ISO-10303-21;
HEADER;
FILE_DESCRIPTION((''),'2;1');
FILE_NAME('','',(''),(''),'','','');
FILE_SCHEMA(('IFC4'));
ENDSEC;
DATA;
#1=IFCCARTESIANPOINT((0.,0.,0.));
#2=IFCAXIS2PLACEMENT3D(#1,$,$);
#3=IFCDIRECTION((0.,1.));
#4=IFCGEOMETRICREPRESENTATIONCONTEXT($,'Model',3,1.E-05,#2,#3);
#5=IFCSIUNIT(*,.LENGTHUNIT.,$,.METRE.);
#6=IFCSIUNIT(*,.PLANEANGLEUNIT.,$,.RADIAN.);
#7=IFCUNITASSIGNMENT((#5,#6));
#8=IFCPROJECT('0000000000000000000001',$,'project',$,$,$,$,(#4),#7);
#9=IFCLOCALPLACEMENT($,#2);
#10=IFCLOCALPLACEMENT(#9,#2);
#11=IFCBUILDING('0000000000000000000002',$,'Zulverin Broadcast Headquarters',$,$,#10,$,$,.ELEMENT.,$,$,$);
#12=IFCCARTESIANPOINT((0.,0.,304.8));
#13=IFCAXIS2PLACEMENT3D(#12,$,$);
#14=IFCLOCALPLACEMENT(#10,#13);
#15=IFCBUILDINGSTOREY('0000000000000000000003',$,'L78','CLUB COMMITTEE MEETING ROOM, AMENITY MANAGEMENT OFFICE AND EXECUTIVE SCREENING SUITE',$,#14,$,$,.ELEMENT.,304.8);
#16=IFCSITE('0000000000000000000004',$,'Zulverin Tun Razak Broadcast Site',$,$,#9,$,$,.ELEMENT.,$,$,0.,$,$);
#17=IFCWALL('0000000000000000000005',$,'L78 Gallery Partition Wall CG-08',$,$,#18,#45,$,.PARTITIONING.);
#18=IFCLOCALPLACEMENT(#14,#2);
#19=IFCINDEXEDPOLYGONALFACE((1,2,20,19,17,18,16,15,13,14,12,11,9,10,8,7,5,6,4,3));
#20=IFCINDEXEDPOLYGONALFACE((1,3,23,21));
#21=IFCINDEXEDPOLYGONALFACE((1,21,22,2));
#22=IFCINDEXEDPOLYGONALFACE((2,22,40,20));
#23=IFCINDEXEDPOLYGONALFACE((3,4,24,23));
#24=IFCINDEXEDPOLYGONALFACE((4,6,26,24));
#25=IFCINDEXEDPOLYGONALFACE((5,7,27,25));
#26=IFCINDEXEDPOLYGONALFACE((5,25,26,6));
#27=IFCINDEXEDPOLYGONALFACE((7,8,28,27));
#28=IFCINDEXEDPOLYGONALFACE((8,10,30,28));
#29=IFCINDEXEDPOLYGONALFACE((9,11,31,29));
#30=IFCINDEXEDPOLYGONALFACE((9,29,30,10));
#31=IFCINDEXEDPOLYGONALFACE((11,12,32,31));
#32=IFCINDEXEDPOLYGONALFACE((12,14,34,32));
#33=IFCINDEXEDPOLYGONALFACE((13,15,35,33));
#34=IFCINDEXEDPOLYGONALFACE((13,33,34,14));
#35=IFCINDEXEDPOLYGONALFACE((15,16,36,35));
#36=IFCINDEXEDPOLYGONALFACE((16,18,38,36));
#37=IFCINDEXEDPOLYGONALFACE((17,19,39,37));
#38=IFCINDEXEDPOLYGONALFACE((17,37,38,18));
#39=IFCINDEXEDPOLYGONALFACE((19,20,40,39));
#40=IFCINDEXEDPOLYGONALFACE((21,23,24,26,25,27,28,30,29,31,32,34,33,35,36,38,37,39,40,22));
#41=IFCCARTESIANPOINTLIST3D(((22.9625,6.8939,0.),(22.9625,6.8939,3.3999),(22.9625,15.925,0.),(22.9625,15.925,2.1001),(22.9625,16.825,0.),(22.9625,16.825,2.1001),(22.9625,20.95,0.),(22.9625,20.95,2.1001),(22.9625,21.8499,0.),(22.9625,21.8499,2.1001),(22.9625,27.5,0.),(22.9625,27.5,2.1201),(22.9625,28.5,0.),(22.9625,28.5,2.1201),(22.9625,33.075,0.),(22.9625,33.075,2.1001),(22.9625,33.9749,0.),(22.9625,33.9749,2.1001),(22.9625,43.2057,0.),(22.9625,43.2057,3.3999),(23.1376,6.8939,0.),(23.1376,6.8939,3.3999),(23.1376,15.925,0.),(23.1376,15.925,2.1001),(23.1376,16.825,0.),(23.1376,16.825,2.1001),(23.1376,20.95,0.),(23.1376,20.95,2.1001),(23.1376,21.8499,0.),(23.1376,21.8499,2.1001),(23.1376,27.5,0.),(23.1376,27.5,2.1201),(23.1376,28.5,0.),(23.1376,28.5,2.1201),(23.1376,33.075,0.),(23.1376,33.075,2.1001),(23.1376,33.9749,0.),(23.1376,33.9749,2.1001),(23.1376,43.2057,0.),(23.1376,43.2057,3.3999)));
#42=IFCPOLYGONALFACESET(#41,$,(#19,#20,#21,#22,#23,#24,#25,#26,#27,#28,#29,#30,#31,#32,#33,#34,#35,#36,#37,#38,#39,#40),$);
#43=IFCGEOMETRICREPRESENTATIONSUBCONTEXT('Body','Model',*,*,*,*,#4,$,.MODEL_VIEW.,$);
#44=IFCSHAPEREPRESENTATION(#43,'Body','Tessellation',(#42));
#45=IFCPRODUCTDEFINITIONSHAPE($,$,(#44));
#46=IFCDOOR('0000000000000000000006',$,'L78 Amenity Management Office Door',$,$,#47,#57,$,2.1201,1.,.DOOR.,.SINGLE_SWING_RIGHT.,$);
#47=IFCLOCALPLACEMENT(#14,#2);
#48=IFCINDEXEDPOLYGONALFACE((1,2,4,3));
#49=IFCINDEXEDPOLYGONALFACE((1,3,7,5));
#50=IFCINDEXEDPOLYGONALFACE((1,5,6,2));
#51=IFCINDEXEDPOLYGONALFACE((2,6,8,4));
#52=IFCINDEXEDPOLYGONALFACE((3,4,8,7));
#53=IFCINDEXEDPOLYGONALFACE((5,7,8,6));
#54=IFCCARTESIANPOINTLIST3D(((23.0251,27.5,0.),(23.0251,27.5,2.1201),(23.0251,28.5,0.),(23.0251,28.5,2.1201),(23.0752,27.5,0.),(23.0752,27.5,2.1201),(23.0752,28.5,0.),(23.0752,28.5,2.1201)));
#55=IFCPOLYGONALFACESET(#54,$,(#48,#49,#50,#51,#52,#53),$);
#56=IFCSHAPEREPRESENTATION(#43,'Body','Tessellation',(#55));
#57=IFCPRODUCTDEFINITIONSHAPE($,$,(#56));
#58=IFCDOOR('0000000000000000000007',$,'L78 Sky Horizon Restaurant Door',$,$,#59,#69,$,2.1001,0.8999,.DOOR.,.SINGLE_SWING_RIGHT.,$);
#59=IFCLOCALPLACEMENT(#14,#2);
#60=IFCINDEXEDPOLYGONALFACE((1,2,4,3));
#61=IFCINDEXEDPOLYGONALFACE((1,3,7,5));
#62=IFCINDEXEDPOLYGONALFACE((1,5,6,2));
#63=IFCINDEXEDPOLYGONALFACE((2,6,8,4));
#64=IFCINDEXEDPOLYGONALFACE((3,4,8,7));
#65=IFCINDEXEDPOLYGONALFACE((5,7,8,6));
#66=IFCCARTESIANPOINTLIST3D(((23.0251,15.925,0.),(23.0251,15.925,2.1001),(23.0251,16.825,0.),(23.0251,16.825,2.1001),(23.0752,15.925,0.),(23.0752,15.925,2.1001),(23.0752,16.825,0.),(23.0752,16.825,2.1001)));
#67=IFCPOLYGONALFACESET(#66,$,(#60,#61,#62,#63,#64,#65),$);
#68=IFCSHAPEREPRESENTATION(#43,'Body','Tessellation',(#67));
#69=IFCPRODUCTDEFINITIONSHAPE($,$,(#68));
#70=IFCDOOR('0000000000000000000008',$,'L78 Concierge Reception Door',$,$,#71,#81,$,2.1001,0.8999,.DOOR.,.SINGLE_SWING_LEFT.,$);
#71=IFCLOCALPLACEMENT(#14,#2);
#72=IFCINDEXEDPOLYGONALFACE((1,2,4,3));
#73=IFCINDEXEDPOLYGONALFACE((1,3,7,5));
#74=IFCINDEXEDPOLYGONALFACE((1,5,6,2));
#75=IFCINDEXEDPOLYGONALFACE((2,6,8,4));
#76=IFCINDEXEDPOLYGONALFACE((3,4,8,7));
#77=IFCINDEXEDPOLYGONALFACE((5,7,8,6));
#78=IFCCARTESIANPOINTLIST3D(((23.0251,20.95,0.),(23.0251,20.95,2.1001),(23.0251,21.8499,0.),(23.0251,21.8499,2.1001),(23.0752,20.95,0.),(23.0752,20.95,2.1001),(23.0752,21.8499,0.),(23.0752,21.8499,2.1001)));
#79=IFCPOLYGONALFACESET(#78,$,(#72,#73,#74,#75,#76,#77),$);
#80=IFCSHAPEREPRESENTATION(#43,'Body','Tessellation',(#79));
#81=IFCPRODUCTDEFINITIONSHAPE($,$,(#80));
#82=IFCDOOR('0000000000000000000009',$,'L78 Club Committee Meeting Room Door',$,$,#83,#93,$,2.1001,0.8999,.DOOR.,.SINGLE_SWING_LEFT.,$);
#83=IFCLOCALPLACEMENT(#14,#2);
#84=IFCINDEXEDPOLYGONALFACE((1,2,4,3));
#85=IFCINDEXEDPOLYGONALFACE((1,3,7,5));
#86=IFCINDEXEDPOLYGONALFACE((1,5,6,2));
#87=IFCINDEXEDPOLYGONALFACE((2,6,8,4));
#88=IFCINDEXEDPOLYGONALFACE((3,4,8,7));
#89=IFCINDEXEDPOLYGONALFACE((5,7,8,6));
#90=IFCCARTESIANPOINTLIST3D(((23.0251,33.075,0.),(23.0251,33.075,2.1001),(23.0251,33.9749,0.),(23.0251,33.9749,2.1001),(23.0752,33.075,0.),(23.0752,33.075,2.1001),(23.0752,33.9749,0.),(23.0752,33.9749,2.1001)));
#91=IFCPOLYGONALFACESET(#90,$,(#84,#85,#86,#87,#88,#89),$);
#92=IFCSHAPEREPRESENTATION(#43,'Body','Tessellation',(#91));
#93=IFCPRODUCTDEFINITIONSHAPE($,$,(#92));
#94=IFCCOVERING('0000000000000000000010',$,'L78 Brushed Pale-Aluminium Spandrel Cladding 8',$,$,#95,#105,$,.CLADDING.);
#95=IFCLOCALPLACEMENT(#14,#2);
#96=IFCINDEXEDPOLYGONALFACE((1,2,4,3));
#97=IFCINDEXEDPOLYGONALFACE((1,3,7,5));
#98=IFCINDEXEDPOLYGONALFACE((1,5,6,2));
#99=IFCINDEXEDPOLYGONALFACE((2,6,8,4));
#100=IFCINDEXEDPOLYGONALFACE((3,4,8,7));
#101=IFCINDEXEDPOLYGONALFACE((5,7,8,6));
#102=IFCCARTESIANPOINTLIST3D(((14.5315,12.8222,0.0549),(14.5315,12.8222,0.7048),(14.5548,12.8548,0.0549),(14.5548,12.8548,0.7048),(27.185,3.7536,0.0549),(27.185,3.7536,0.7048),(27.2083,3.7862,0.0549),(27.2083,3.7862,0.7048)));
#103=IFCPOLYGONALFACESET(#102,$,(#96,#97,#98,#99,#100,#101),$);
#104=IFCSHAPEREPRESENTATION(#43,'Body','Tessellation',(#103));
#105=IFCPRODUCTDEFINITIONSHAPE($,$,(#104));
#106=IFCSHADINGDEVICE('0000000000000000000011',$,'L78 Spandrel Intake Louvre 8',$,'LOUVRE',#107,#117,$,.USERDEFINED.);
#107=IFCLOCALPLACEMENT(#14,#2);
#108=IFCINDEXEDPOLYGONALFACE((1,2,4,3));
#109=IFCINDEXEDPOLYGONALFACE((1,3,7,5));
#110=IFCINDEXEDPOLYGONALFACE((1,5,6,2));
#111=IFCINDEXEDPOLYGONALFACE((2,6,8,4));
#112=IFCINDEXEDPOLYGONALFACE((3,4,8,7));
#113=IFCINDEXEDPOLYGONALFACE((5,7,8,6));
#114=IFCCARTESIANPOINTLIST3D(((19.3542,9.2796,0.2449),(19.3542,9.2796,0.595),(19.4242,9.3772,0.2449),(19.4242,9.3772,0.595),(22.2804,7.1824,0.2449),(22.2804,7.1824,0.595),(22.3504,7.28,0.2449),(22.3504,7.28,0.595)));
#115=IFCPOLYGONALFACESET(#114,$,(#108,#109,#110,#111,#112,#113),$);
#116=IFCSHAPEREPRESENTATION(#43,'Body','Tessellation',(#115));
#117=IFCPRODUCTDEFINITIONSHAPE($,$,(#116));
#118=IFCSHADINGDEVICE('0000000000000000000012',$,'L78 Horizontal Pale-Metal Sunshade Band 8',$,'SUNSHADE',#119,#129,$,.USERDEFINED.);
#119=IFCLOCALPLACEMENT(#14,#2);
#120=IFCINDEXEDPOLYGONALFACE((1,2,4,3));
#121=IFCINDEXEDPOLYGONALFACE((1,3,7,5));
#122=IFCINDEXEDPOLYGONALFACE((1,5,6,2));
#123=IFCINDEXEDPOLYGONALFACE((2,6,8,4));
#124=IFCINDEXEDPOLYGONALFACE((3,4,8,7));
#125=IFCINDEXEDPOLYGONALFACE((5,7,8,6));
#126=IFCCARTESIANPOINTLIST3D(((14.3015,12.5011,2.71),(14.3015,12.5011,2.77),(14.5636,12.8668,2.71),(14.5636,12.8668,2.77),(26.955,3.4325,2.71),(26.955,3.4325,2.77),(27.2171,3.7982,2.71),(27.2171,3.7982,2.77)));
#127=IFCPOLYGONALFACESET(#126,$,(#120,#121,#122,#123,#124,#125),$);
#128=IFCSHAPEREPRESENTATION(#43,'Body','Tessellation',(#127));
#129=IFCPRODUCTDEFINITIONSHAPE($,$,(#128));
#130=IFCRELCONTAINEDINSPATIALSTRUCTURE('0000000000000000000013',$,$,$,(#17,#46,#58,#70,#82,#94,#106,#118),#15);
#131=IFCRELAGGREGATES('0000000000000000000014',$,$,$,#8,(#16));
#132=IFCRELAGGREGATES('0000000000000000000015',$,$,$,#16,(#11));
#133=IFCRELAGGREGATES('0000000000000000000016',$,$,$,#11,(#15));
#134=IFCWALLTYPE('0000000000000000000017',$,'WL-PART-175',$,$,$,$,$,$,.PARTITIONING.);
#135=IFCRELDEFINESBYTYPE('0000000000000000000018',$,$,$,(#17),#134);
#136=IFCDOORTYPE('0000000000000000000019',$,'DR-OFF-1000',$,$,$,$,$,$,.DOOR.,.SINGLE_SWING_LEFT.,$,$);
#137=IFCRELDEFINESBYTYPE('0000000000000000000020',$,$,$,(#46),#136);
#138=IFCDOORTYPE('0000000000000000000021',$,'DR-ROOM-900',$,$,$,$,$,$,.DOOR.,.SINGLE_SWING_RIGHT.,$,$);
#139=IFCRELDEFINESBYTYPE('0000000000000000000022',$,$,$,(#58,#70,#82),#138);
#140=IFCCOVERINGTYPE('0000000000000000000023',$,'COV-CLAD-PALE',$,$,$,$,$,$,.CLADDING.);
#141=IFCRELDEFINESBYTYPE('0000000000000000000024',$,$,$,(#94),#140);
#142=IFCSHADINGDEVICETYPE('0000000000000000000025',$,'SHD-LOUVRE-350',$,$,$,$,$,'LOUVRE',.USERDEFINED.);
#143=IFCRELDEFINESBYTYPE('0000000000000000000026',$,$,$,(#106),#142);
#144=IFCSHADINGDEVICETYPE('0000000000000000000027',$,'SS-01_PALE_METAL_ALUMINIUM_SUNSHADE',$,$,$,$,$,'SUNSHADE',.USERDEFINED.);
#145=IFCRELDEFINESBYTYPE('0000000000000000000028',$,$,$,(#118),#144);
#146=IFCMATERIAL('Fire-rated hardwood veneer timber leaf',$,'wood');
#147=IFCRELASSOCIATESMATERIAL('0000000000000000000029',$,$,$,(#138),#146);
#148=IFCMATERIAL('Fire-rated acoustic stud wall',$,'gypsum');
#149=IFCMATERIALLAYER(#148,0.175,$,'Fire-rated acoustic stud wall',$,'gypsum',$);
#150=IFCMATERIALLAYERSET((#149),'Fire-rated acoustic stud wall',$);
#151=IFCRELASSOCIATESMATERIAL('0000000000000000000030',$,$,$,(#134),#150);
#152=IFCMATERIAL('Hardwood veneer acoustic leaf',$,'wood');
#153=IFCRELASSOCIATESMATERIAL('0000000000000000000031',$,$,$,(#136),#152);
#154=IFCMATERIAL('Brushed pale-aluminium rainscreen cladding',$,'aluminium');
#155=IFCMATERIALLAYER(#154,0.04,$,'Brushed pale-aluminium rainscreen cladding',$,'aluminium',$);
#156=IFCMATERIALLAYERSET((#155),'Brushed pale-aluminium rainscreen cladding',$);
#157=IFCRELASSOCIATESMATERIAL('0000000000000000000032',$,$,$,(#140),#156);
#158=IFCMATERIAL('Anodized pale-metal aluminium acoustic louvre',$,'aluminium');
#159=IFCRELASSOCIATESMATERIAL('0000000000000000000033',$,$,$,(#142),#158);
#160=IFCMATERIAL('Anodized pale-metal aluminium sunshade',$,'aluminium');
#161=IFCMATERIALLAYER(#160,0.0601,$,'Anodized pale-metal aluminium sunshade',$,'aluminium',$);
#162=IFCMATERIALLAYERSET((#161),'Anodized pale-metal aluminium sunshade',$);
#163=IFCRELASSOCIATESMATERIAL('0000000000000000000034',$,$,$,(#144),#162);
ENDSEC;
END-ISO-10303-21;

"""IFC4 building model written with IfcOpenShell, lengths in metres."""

from ifc_helpers import new_model, si_unit, direction, frame, frame_2d, origin, origin_2d, place, context, subcontext, project, spatial, rectangle, extrude, material, layer, layer_set, type_object, element, fill, save


model = new_model("IFC4")

# Units and contexts
model_context = context("Model", 3, precision=1e-05, world=origin(), true_north=direction((0.0, 1.0)))
body_context = subcontext(model_context, "Body", "Model", "MODEL_VIEW")
ifc_project = project(units=[si_unit("LENGTHUNIT", "METRE"), si_unit("PLANEANGLEUNIT", "RADIAN")], contexts=[model_context])

# Site, building, storey
site_placement = place(None, origin())
site = spatial("IfcSite", under=ifc_project, at=site_placement, Name="Zulverin Tun Razak Broadcast Site", CompositionType="ELEMENT", RefElevation=0.0)
building_placement = place(site_placement, origin())
building = spatial("IfcBuilding", under=site, at=building_placement, Name="Zulverin Broadcast Headquarters", CompositionType="ELEMENT")
storey_placement = place(building_placement, frame((0.0, 0.0, 304.8)))
storey = spatial("IfcBuildingStorey", under=building, at=storey_placement, Name="L78", Description="CLUB COMMITTEE MEETING ROOM, AMENITY MANAGEMENT OFFICE AND EXECUTIVE SCREENING SUITE", CompositionType="ELEMENT", Elevation=304.8)

# Shared definitions
ifc_material_1 = material(Name="Fire-rated hardwood veneer timber leaf", Category="wood")
door_type_1 = type_object("IfcDoorType", Name="DR-ROOM-900", OperationType="SINGLE_SWING_RIGHT", PredefinedType="DOOR", material=ifc_material_1)

# Wall, openings, doors
ifc_material_2 = material(Name="Fire-rated acoustic stud wall", Category="gypsum")
ifc_layer_1 = layer(ifc_material_2, 0.175, Name="Fire-rated acoustic stud wall", Category="gypsum")
ifc_layer_set_1 = layer_set([ifc_layer_1], Name="Fire-rated acoustic stud wall")
wall_type_1 = type_object("IfcWallType", Name="WL-PART-175", PredefinedType="PARTITIONING", material=ifc_layer_set_1)
wall_1_placement = place(storey_placement, frame((23.05, 6.894, 0.0), z_axis=(0.0, 0.0, 1.0), x_axis=(0.0, 1.0, 0.0)))
wall_1 = element("IfcWall", 1, at=wall_1_placement, inside=storey, type_object=wall_type_1, Name="L78 Gallery Partition Wall CG-08", PredefinedType="PARTITIONING", context=body_context, shape_type="SweptSolid", body=[
    extrude(rectangle(XDim=36.3118, YDim=0.175, at=frame_2d((18.1558, 0.0))), origin(), (0.0, 0.0, 1.0), 3.3999),
])
opening_1_placement = place(wall_1_placement, frame((9.031, 0.0, 0.0)))
opening_1 = element("IfcOpeningElement", 2, at=opening_1_placement, cuts=wall_1, PredefinedType="OPENING", context=body_context, shape_type="SweptSolid", body=[
    extrude(rectangle(XDim=0.8999, YDim=2.1001, at=frame_2d((0.45, 1.05))), frame((0.0, 0.0974, 0.0), z_axis=(0.0, -1.0, 0.0), x_axis=(1.0, 0.0, 0.0)), (0.0, 0.0, 1.0), 0.1951),
])
opening_2_placement = place(wall_1_placement, frame((14.0559, 0.0, 0.0)))
opening_2 = element("IfcOpeningElement", 3, at=opening_2_placement, cuts=wall_1, PredefinedType="OPENING", context=body_context, shape_type="SweptSolid", body=[
    extrude(rectangle(XDim=0.8999, YDim=2.1001, at=frame_2d((0.45, 1.05))), frame((0.0, 0.0974, 0.0), z_axis=(0.0, -1.0, 0.0), x_axis=(1.0, 0.0, 0.0)), (0.0, 0.0, 1.0), 0.1951),
])
opening_3_placement = place(wall_1_placement, frame((20.606, 0.0, 0.0)))
opening_3 = element("IfcOpeningElement", 4, at=opening_3_placement, cuts=wall_1, PredefinedType="OPENING", context=body_context, shape_type="SweptSolid", body=[
    extrude(rectangle(XDim=1.0, YDim=2.1201, at=frame_2d((0.5, 1.0601))), frame((0.0, 0.0974, 0.0), z_axis=(0.0, -1.0, 0.0), x_axis=(1.0, 0.0, 0.0)), (0.0, 0.0, 1.0), 0.1951),
])
opening_4_placement = place(wall_1_placement, frame((26.1809, 0.0, 0.0)))
opening_4 = element("IfcOpeningElement", 5, at=opening_4_placement, cuts=wall_1, PredefinedType="OPENING", context=body_context, shape_type="SweptSolid", body=[
    extrude(rectangle(XDim=0.8999, YDim=2.1001, at=frame_2d((0.45, 1.05))), frame((0.0, 0.0974, 0.0), z_axis=(0.0, -1.0, 0.0), x_axis=(1.0, 0.0, 0.0)), (0.0, 0.0, 1.0), 0.1951),
])
ifc_material_3 = material(Name="Hardwood veneer acoustic leaf", Category="wood")
door_type_2 = type_object("IfcDoorType", Name="DR-OFF-1000", OperationType="SINGLE_SWING_LEFT", PredefinedType="DOOR", material=ifc_material_3)
door_1_placement = place(opening_3_placement, origin())
door_1 = element("IfcDoor", 6, at=door_1_placement, inside=storey, type_object=door_type_2, Name="L78 Amenity Management Office Door", OperationType="SINGLE_SWING_RIGHT", OverallHeight=2.1201, OverallWidth=1.0, PredefinedType="DOOR", context=body_context, shape_type="SweptSolid", body=[
    extrude(rectangle(XDim=1.0, YDim=2.1201, at=frame_2d((0.5, 1.0601))), frame((0.0, 0.0249, 0.0), z_axis=(0.0, -1.0, 0.0), x_axis=(1.0, 0.0, 0.0)), (0.0, 0.0, 1.0), 0.05),
])
fill(opening_3, door_1)
door_2_placement = place(opening_1_placement, origin())
door_2 = element("IfcDoor", 7, at=door_2_placement, inside=storey, type_object=door_type_1, Name="L78 Sky Horizon Restaurant Door", OperationType="SINGLE_SWING_RIGHT", OverallHeight=2.1001, OverallWidth=0.8999, PredefinedType="DOOR", context=body_context, shape_type="SweptSolid", body=[
    extrude(rectangle(XDim=0.8999, YDim=2.1001, at=frame_2d((0.45, 1.05))), frame((0.0, 0.0249, 0.0), z_axis=(0.0, -1.0, 0.0), x_axis=(1.0, 0.0, 0.0)), (0.0, 0.0, 1.0), 0.05),
])
fill(opening_1, door_2)
door_3_placement = place(opening_2_placement, origin())
door_3 = element("IfcDoor", 8, at=door_3_placement, inside=storey, type_object=door_type_1, Name="L78 Concierge Reception Door", OperationType="SINGLE_SWING_LEFT", OverallHeight=2.1001, OverallWidth=0.8999, PredefinedType="DOOR", context=body_context, shape_type="SweptSolid", body=[
    extrude(rectangle(XDim=0.8999, YDim=2.1001, at=frame_2d((0.45, 1.05))), frame((0.0, 0.0249, 0.0), z_axis=(0.0, -1.0, 0.0), x_axis=(1.0, 0.0, 0.0)), (0.0, 0.0, 1.0), 0.05),
])
fill(opening_2, door_3)
door_4_placement = place(opening_4_placement, origin())
door_4 = element("IfcDoor", 9, at=door_4_placement, inside=storey, type_object=door_type_1, Name="L78 Club Committee Meeting Room Door", OperationType="SINGLE_SWING_LEFT", OverallHeight=2.1001, OverallWidth=0.8999, PredefinedType="DOOR", context=body_context, shape_type="SweptSolid", body=[
    extrude(rectangle(XDim=0.8999, YDim=2.1001, at=frame_2d((0.45, 1.05))), frame((0.0, 0.0249, 0.0), z_axis=(0.0, -1.0, 0.0), x_axis=(1.0, 0.0, 0.0)), (0.0, 0.0, 1.0), 0.05),
])
fill(opening_4, door_4)

# Covering
ifc_material_4 = material(Name="Brushed pale-aluminium rainscreen cladding", Category="aluminium")
ifc_layer_2 = layer(ifc_material_4, 0.04, Name="Brushed pale-aluminium rainscreen cladding", Category="aluminium")
ifc_layer_set_2 = layer_set([ifc_layer_2], Name="Brushed pale-aluminium rainscreen cladding")
covering_type = type_object("IfcCoveringType", Name="COV-CLAD-PALE", PredefinedType="CLADDING", material=ifc_layer_set_2)
covering_placement = place(storey_placement, frame((20.8699, 8.3042, 0.0549), z_axis=(0.0, 0.0, 1.0), x_axis=(0.812809, -0.58253, 0.0)))
element("IfcCovering", 10, at=covering_placement, inside=storey, type_object=covering_type, Name="L78 Brushed Pale-Aluminium Spandrel Cladding 8", PredefinedType="CLADDING", context=body_context, shape_type="SweptSolid", body=[
    extrude(rectangle(XDim=15.5676, YDim=0.04, at=origin_2d()), origin(), (0.0, 0.0, 1.0), 0.6499),
])

# Shading devices
ifc_material_5 = material(Name="Anodized pale-metal aluminium acoustic louvre", Category="aluminium")
shading_device_type_1 = type_object("IfcShadingDeviceType", Name="SHD-LOUVRE-350", ElementType="LOUVRE", PredefinedType="USERDEFINED", material=ifc_material_5)
shading_device_1_placement = place(storey_placement, frame((20.8523, 8.2798, 0.2449), z_axis=(0.0, 0.0, 1.0), x_axis=(0.812809, -0.58253, 0.0)))
element("IfcShadingDevice", 11, at=shading_device_1_placement, inside=storey, type_object=shading_device_type_1, Name="L78 Spandrel Intake Louvre 8", ObjectType="LOUVRE", PredefinedType="USERDEFINED", context=body_context, shape_type="SweptSolid", body=[
    extrude(rectangle(XDim=3.6001, YDim=0.1201, at=origin_2d()), origin(), (0.0, 0.0, 1.0), 0.3501),
])
ifc_material_6 = material(Name="Anodized pale-metal aluminium sunshade", Category="aluminium")
ifc_layer_3 = layer(ifc_material_6, 0.0601, Name="Anodized pale-metal aluminium sunshade", Category="aluminium")
ifc_layer_set_3 = layer_set([ifc_layer_3], Name="Anodized pale-metal aluminium sunshade")
shading_device_type_2 = type_object("IfcShadingDeviceType", Name="SS-01_PALE_METAL_ALUMINIUM_SUNSHADE", ElementType="SUNSHADE", PredefinedType="USERDEFINED", material=ifc_layer_set_3)
shading_device_2_placement = place(storey_placement, frame((20.7593, 8.1497, 2.71), z_axis=(0.0, 0.0, 1.0), x_axis=(0.812809, -0.58253, 0.0)))
element("IfcShadingDevice", 12, at=shading_device_2_placement, inside=storey, type_object=shading_device_type_2, Name="L78 Horizontal Pale-Metal Sunshade Band 8", ObjectType="SUNSHADE", PredefinedType="USERDEFINED", context=body_context, shape_type="SweptSolid", body=[
    extrude(rectangle(XDim=15.5676, YDim=0.45, at=origin_2d()), origin(), (0.0, 0.0, 1.0), 0.0601),
])

save(model, "model.ifc")
